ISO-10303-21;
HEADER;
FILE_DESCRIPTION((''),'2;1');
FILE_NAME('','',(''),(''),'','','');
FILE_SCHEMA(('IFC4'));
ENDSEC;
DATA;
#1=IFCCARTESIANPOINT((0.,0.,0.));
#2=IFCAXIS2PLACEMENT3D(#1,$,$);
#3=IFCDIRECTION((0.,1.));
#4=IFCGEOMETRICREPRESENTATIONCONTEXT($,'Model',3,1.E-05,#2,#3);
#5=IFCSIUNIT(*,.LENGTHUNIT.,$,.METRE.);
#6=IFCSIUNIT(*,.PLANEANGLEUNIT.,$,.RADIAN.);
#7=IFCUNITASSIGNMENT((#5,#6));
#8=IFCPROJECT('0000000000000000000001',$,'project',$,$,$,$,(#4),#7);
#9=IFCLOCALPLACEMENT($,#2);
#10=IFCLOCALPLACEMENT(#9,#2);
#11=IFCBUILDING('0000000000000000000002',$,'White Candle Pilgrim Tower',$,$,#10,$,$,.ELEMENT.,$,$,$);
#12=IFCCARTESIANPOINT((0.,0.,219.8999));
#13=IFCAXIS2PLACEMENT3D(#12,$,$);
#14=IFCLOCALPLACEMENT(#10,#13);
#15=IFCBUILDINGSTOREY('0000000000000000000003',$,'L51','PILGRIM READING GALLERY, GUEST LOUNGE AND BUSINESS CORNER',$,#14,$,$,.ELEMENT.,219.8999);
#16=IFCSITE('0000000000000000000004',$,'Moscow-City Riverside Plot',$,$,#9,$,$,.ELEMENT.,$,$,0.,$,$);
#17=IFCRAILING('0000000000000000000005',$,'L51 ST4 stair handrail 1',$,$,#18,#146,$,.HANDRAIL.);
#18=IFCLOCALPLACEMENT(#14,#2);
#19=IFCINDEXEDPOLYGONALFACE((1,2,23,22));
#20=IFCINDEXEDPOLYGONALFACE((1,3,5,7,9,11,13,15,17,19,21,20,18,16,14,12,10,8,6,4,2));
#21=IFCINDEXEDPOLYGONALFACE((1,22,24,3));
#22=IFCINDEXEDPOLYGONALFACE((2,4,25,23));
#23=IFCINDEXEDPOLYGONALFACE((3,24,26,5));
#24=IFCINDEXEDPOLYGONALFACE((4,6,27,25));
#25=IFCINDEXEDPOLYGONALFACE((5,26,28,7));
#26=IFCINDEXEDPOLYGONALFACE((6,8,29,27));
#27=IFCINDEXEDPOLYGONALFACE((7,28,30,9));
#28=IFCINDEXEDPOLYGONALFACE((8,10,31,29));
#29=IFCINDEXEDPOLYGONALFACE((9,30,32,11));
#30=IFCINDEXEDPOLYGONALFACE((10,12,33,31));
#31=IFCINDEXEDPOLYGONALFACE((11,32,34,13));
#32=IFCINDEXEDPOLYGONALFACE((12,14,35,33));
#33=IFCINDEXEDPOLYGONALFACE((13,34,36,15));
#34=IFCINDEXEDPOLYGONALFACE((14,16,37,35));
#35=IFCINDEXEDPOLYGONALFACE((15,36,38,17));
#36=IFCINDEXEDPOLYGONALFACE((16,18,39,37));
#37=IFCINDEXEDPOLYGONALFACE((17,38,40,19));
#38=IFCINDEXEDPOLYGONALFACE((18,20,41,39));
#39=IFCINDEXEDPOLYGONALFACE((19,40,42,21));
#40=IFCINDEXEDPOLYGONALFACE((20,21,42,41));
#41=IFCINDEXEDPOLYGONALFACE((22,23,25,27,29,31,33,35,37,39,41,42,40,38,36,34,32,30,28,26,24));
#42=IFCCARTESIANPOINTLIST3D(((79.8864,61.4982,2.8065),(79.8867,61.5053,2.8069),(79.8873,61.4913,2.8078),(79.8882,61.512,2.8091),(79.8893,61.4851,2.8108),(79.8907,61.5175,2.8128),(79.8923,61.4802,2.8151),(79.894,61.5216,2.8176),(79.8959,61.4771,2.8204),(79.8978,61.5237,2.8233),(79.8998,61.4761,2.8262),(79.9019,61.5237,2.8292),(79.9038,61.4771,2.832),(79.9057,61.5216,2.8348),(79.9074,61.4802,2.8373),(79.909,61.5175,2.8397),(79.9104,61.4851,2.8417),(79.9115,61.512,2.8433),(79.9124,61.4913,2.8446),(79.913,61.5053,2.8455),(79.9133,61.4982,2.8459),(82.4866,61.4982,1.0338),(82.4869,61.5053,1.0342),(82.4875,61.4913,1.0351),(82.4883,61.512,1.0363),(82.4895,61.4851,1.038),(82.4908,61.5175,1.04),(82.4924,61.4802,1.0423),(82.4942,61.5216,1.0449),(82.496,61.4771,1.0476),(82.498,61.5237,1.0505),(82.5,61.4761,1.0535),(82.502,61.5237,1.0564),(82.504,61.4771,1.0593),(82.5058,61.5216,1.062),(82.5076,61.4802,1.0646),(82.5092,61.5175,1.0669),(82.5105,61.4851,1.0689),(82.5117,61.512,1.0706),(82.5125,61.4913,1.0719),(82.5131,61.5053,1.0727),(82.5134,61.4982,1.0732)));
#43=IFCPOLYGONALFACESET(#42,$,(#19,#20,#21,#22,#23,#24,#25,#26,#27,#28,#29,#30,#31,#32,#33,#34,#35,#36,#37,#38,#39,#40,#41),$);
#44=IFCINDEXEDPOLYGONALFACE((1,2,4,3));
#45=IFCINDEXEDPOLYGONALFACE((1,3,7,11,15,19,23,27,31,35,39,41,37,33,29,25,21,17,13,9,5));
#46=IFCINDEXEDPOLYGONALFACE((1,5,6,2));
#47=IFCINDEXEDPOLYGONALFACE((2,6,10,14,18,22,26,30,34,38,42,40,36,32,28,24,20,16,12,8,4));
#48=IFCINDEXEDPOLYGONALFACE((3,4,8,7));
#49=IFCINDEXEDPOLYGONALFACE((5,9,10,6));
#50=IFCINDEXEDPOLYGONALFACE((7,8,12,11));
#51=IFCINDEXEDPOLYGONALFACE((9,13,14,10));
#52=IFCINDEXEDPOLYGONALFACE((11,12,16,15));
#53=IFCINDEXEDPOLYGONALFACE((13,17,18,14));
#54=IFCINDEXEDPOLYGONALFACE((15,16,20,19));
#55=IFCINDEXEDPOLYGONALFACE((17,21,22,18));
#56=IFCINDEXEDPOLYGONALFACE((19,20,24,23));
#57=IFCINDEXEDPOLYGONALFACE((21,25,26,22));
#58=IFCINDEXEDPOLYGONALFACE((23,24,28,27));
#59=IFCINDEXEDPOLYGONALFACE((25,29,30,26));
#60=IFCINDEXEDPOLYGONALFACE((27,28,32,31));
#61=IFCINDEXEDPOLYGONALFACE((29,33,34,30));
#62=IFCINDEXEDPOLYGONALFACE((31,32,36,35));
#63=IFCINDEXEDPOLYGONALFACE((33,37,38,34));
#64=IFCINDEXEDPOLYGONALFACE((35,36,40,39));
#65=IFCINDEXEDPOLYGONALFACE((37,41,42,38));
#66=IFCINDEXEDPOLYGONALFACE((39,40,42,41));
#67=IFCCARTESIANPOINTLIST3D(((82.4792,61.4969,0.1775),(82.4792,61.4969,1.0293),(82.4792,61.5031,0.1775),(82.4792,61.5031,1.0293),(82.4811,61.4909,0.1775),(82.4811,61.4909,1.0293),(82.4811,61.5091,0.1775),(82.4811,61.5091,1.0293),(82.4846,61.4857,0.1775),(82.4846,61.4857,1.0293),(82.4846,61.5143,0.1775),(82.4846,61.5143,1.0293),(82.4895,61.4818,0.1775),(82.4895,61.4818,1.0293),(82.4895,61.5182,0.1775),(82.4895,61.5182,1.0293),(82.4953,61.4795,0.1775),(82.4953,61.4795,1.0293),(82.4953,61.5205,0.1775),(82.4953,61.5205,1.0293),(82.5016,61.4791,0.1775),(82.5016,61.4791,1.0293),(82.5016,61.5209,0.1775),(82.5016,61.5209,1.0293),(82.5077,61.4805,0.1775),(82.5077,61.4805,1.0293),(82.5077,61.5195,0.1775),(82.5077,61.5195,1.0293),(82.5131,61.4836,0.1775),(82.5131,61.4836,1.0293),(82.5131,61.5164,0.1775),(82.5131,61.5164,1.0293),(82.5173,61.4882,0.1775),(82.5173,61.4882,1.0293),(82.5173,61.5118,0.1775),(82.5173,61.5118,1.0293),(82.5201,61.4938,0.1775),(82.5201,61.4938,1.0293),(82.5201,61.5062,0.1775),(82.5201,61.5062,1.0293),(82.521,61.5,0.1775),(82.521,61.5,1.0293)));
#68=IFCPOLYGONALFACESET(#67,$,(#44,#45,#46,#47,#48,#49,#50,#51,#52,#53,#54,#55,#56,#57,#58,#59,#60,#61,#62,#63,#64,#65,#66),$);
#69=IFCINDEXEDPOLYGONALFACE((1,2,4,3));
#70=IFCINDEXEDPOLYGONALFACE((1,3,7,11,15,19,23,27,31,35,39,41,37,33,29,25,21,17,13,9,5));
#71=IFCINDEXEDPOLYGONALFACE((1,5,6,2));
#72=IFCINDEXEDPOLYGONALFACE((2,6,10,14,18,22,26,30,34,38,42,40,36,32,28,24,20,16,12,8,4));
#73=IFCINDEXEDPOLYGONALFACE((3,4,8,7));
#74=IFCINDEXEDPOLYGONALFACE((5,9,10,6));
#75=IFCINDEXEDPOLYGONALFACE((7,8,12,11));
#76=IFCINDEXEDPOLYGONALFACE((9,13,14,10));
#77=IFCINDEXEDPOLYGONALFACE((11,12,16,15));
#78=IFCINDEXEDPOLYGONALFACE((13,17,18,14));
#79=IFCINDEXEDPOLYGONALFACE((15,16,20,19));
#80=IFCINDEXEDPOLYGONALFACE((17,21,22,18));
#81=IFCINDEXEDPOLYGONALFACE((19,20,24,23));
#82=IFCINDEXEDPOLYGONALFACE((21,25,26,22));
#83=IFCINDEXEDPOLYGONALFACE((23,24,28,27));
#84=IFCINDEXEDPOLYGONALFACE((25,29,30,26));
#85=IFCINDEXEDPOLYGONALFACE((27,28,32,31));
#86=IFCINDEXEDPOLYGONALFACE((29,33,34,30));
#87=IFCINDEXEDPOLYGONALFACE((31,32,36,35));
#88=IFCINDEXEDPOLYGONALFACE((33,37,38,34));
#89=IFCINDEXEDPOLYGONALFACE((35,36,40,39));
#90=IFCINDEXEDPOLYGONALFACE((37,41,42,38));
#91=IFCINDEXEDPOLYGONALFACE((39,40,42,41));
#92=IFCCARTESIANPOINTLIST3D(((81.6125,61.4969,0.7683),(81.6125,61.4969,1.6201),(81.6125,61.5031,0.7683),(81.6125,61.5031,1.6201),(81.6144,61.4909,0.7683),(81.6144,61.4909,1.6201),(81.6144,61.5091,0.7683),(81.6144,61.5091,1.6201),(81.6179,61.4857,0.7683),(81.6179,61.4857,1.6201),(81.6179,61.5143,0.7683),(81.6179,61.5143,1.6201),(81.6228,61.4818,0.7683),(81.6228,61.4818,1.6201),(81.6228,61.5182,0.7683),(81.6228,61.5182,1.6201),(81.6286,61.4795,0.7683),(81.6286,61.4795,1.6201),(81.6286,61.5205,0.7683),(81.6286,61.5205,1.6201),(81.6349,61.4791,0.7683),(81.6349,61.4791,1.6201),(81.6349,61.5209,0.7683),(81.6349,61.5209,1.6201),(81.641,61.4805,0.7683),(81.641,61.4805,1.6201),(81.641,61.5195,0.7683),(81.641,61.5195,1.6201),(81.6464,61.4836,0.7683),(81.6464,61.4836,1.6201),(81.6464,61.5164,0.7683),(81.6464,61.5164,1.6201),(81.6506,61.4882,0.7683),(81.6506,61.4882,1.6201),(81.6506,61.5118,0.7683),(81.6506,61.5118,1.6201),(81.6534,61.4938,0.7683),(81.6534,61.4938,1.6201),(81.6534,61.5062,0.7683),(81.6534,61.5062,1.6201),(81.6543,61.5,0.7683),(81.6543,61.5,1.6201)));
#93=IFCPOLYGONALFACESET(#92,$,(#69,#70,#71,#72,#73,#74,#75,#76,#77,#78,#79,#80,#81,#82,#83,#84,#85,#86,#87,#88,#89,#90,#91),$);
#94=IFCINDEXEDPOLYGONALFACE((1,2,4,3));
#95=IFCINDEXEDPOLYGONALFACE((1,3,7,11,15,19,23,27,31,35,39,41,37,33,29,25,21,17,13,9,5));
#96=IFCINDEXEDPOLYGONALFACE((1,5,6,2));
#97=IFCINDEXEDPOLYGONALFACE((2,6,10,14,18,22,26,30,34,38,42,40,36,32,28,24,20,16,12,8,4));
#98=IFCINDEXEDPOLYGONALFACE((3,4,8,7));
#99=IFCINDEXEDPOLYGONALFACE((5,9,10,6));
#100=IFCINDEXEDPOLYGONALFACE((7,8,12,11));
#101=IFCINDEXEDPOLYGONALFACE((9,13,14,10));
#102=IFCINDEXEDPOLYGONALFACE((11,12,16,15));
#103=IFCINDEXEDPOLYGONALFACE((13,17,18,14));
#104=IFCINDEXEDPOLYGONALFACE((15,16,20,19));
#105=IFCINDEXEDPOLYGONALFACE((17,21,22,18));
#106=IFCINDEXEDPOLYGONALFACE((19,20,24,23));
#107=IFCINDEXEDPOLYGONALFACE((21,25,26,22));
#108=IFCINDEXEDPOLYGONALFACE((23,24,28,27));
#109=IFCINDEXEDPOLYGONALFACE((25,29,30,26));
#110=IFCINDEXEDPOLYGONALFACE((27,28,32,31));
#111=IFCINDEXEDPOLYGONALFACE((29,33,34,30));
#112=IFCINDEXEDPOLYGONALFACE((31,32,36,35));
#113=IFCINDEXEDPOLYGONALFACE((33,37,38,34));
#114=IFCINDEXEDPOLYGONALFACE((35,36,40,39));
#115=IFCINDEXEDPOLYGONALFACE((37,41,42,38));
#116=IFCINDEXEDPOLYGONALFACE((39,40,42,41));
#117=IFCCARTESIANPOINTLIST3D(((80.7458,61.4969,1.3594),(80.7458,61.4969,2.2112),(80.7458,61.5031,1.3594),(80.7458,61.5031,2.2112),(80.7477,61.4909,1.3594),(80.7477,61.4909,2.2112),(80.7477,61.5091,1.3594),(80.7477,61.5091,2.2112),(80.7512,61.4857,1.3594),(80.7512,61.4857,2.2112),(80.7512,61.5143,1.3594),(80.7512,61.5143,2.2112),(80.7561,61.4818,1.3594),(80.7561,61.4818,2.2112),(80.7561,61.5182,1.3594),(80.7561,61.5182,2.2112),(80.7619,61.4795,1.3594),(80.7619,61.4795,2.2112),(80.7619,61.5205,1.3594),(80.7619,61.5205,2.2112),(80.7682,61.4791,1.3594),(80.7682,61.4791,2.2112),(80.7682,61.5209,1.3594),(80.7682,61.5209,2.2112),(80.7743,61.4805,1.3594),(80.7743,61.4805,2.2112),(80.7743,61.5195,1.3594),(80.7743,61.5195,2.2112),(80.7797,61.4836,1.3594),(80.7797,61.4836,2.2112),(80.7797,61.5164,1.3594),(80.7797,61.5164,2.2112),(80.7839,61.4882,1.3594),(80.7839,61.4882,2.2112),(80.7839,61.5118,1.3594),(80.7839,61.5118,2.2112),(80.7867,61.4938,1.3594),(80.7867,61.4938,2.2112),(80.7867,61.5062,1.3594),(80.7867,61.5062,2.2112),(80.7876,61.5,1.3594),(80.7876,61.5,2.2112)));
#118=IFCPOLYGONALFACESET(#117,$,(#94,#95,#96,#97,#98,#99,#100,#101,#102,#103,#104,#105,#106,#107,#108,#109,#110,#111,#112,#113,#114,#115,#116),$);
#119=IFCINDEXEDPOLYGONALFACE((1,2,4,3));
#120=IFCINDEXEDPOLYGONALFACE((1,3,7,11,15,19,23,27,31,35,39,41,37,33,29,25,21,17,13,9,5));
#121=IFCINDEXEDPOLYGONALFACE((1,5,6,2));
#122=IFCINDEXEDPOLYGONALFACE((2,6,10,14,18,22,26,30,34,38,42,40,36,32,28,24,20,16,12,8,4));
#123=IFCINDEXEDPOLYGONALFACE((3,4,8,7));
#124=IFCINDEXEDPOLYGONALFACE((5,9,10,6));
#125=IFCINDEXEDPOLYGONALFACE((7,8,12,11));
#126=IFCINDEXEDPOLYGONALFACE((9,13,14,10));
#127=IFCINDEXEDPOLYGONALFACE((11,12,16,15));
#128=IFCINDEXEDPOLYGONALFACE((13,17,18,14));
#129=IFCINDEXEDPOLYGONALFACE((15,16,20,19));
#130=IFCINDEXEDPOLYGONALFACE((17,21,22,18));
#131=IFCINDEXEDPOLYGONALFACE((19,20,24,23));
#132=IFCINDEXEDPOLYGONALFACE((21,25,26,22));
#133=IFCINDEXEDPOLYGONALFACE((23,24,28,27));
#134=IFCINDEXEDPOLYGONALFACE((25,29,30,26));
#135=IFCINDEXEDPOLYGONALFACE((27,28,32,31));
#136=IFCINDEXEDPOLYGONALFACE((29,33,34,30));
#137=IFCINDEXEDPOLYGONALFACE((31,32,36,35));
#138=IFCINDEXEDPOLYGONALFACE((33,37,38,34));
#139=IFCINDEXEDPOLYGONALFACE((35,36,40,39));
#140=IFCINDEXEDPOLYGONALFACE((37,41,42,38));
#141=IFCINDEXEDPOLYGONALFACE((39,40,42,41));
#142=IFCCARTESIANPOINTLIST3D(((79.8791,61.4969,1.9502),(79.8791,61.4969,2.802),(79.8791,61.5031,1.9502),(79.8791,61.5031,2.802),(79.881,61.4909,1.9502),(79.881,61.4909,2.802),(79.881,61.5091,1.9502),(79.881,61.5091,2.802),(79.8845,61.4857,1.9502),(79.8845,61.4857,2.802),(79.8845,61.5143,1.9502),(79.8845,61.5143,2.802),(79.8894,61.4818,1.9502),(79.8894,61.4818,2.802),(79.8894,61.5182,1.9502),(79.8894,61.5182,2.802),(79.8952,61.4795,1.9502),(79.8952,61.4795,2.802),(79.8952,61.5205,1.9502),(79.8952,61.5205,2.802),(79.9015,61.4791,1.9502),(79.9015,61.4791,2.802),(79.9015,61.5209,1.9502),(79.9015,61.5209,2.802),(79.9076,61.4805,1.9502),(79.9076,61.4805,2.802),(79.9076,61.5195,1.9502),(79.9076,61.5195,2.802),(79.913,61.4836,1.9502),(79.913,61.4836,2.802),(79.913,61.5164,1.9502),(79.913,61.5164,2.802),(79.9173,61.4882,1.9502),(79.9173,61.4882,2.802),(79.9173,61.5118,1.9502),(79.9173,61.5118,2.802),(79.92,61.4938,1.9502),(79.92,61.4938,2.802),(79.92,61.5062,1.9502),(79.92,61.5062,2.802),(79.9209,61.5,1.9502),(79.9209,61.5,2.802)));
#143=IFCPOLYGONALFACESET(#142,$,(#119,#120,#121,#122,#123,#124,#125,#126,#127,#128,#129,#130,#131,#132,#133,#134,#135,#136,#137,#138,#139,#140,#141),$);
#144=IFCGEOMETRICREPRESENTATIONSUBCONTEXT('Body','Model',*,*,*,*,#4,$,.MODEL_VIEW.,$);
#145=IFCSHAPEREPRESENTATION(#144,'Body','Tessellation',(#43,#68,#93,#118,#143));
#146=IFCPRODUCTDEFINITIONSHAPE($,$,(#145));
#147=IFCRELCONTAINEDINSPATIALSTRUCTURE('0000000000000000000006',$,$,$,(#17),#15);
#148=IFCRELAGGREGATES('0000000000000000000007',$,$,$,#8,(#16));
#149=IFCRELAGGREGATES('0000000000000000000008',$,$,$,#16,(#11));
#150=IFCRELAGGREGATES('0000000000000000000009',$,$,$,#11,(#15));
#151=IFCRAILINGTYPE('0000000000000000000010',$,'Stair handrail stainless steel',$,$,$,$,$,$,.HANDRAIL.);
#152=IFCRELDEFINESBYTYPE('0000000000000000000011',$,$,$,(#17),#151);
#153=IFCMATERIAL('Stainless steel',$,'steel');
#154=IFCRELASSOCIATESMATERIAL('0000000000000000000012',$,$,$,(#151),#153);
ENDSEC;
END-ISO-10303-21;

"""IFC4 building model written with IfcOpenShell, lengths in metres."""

from ifc_helpers import new_model, si_unit, direction, frame, origin, origin_2d, place, context, subcontext, project, spatial, circle, extrude, material, type_object, element, save


model = new_model("IFC4")

# Units and contexts
model_context = context("Model", 3, precision=1e-05, world=origin(), true_north=direction((0.0, 1.0)))
body_context = subcontext(model_context, "Body", "Model", "MODEL_VIEW")
ifc_project = project(units=[si_unit("LENGTHUNIT", "METRE"), si_unit("PLANEANGLEUNIT", "RADIAN")], contexts=[model_context])

# Site, building, storey
site_placement = place(None, origin())
site = spatial("IfcSite", under=ifc_project, at=site_placement, Name="Moscow-City Riverside Plot", CompositionType="ELEMENT", RefElevation=0.0)
building_placement = place(site_placement, origin())
building = spatial("IfcBuilding", under=site, at=building_placement, Name="White Candle Pilgrim Tower", CompositionType="ELEMENT")
storey_placement = place(building_placement, frame((0.0, 0.0, 219.8999)))
storey = spatial("IfcBuildingStorey", under=building, at=storey_placement, Name="L51", Description="PILGRIM READING GALLERY, GUEST LOUNGE AND BUSINESS CORNER", CompositionType="ELEMENT", Elevation=219.8999)

# Railing
ifc_material_1 = material(Name="Stainless steel", Category="steel")
railing_type_1 = type_object("IfcRailingType", Name="Stair handrail stainless steel", PredefinedType="HANDRAIL", material=ifc_material_1)
railing_1_placement = place(storey_placement, frame((82.5, 61.5, 0.1775)))
element("IfcRailing", 1, at=railing_1_placement, inside=storey, type_object=railing_type_1, Name="L51 ST4 stair handrail 1", PredefinedType="HANDRAIL", context=body_context, shape_type="SweptSolid", body=[
    extrude(circle(Radius=0.0239, at=origin_2d()), frame((0.0, 0.0, 0.876), z_axis=(-0.82624, 0.0, 0.563318), x_axis=(0.0, -1.0, 0.0)), (0.0, 0.0, 1.0), 3.147),
    extrude(circle(Radius=0.021, at=origin_2d()), origin(), (0.0, 0.0, 1.0), 0.8518),
    extrude(circle(Radius=0.021, at=origin_2d()), frame((-0.8667, 0.0, 0.5908)), (0.0, 0.0, 1.0), 0.8518),
    extrude(circle(Radius=0.021, at=origin_2d()), frame((-1.7334, 0.0, 1.1819)), (0.0, 0.0, 1.0), 0.8518),
    extrude(circle(Radius=0.021, at=origin_2d()), frame((-2.6001, 0.0, 1.7727)), (0.0, 0.0, 1.0), 0.8518),
])

save(model, "model.ifc")
